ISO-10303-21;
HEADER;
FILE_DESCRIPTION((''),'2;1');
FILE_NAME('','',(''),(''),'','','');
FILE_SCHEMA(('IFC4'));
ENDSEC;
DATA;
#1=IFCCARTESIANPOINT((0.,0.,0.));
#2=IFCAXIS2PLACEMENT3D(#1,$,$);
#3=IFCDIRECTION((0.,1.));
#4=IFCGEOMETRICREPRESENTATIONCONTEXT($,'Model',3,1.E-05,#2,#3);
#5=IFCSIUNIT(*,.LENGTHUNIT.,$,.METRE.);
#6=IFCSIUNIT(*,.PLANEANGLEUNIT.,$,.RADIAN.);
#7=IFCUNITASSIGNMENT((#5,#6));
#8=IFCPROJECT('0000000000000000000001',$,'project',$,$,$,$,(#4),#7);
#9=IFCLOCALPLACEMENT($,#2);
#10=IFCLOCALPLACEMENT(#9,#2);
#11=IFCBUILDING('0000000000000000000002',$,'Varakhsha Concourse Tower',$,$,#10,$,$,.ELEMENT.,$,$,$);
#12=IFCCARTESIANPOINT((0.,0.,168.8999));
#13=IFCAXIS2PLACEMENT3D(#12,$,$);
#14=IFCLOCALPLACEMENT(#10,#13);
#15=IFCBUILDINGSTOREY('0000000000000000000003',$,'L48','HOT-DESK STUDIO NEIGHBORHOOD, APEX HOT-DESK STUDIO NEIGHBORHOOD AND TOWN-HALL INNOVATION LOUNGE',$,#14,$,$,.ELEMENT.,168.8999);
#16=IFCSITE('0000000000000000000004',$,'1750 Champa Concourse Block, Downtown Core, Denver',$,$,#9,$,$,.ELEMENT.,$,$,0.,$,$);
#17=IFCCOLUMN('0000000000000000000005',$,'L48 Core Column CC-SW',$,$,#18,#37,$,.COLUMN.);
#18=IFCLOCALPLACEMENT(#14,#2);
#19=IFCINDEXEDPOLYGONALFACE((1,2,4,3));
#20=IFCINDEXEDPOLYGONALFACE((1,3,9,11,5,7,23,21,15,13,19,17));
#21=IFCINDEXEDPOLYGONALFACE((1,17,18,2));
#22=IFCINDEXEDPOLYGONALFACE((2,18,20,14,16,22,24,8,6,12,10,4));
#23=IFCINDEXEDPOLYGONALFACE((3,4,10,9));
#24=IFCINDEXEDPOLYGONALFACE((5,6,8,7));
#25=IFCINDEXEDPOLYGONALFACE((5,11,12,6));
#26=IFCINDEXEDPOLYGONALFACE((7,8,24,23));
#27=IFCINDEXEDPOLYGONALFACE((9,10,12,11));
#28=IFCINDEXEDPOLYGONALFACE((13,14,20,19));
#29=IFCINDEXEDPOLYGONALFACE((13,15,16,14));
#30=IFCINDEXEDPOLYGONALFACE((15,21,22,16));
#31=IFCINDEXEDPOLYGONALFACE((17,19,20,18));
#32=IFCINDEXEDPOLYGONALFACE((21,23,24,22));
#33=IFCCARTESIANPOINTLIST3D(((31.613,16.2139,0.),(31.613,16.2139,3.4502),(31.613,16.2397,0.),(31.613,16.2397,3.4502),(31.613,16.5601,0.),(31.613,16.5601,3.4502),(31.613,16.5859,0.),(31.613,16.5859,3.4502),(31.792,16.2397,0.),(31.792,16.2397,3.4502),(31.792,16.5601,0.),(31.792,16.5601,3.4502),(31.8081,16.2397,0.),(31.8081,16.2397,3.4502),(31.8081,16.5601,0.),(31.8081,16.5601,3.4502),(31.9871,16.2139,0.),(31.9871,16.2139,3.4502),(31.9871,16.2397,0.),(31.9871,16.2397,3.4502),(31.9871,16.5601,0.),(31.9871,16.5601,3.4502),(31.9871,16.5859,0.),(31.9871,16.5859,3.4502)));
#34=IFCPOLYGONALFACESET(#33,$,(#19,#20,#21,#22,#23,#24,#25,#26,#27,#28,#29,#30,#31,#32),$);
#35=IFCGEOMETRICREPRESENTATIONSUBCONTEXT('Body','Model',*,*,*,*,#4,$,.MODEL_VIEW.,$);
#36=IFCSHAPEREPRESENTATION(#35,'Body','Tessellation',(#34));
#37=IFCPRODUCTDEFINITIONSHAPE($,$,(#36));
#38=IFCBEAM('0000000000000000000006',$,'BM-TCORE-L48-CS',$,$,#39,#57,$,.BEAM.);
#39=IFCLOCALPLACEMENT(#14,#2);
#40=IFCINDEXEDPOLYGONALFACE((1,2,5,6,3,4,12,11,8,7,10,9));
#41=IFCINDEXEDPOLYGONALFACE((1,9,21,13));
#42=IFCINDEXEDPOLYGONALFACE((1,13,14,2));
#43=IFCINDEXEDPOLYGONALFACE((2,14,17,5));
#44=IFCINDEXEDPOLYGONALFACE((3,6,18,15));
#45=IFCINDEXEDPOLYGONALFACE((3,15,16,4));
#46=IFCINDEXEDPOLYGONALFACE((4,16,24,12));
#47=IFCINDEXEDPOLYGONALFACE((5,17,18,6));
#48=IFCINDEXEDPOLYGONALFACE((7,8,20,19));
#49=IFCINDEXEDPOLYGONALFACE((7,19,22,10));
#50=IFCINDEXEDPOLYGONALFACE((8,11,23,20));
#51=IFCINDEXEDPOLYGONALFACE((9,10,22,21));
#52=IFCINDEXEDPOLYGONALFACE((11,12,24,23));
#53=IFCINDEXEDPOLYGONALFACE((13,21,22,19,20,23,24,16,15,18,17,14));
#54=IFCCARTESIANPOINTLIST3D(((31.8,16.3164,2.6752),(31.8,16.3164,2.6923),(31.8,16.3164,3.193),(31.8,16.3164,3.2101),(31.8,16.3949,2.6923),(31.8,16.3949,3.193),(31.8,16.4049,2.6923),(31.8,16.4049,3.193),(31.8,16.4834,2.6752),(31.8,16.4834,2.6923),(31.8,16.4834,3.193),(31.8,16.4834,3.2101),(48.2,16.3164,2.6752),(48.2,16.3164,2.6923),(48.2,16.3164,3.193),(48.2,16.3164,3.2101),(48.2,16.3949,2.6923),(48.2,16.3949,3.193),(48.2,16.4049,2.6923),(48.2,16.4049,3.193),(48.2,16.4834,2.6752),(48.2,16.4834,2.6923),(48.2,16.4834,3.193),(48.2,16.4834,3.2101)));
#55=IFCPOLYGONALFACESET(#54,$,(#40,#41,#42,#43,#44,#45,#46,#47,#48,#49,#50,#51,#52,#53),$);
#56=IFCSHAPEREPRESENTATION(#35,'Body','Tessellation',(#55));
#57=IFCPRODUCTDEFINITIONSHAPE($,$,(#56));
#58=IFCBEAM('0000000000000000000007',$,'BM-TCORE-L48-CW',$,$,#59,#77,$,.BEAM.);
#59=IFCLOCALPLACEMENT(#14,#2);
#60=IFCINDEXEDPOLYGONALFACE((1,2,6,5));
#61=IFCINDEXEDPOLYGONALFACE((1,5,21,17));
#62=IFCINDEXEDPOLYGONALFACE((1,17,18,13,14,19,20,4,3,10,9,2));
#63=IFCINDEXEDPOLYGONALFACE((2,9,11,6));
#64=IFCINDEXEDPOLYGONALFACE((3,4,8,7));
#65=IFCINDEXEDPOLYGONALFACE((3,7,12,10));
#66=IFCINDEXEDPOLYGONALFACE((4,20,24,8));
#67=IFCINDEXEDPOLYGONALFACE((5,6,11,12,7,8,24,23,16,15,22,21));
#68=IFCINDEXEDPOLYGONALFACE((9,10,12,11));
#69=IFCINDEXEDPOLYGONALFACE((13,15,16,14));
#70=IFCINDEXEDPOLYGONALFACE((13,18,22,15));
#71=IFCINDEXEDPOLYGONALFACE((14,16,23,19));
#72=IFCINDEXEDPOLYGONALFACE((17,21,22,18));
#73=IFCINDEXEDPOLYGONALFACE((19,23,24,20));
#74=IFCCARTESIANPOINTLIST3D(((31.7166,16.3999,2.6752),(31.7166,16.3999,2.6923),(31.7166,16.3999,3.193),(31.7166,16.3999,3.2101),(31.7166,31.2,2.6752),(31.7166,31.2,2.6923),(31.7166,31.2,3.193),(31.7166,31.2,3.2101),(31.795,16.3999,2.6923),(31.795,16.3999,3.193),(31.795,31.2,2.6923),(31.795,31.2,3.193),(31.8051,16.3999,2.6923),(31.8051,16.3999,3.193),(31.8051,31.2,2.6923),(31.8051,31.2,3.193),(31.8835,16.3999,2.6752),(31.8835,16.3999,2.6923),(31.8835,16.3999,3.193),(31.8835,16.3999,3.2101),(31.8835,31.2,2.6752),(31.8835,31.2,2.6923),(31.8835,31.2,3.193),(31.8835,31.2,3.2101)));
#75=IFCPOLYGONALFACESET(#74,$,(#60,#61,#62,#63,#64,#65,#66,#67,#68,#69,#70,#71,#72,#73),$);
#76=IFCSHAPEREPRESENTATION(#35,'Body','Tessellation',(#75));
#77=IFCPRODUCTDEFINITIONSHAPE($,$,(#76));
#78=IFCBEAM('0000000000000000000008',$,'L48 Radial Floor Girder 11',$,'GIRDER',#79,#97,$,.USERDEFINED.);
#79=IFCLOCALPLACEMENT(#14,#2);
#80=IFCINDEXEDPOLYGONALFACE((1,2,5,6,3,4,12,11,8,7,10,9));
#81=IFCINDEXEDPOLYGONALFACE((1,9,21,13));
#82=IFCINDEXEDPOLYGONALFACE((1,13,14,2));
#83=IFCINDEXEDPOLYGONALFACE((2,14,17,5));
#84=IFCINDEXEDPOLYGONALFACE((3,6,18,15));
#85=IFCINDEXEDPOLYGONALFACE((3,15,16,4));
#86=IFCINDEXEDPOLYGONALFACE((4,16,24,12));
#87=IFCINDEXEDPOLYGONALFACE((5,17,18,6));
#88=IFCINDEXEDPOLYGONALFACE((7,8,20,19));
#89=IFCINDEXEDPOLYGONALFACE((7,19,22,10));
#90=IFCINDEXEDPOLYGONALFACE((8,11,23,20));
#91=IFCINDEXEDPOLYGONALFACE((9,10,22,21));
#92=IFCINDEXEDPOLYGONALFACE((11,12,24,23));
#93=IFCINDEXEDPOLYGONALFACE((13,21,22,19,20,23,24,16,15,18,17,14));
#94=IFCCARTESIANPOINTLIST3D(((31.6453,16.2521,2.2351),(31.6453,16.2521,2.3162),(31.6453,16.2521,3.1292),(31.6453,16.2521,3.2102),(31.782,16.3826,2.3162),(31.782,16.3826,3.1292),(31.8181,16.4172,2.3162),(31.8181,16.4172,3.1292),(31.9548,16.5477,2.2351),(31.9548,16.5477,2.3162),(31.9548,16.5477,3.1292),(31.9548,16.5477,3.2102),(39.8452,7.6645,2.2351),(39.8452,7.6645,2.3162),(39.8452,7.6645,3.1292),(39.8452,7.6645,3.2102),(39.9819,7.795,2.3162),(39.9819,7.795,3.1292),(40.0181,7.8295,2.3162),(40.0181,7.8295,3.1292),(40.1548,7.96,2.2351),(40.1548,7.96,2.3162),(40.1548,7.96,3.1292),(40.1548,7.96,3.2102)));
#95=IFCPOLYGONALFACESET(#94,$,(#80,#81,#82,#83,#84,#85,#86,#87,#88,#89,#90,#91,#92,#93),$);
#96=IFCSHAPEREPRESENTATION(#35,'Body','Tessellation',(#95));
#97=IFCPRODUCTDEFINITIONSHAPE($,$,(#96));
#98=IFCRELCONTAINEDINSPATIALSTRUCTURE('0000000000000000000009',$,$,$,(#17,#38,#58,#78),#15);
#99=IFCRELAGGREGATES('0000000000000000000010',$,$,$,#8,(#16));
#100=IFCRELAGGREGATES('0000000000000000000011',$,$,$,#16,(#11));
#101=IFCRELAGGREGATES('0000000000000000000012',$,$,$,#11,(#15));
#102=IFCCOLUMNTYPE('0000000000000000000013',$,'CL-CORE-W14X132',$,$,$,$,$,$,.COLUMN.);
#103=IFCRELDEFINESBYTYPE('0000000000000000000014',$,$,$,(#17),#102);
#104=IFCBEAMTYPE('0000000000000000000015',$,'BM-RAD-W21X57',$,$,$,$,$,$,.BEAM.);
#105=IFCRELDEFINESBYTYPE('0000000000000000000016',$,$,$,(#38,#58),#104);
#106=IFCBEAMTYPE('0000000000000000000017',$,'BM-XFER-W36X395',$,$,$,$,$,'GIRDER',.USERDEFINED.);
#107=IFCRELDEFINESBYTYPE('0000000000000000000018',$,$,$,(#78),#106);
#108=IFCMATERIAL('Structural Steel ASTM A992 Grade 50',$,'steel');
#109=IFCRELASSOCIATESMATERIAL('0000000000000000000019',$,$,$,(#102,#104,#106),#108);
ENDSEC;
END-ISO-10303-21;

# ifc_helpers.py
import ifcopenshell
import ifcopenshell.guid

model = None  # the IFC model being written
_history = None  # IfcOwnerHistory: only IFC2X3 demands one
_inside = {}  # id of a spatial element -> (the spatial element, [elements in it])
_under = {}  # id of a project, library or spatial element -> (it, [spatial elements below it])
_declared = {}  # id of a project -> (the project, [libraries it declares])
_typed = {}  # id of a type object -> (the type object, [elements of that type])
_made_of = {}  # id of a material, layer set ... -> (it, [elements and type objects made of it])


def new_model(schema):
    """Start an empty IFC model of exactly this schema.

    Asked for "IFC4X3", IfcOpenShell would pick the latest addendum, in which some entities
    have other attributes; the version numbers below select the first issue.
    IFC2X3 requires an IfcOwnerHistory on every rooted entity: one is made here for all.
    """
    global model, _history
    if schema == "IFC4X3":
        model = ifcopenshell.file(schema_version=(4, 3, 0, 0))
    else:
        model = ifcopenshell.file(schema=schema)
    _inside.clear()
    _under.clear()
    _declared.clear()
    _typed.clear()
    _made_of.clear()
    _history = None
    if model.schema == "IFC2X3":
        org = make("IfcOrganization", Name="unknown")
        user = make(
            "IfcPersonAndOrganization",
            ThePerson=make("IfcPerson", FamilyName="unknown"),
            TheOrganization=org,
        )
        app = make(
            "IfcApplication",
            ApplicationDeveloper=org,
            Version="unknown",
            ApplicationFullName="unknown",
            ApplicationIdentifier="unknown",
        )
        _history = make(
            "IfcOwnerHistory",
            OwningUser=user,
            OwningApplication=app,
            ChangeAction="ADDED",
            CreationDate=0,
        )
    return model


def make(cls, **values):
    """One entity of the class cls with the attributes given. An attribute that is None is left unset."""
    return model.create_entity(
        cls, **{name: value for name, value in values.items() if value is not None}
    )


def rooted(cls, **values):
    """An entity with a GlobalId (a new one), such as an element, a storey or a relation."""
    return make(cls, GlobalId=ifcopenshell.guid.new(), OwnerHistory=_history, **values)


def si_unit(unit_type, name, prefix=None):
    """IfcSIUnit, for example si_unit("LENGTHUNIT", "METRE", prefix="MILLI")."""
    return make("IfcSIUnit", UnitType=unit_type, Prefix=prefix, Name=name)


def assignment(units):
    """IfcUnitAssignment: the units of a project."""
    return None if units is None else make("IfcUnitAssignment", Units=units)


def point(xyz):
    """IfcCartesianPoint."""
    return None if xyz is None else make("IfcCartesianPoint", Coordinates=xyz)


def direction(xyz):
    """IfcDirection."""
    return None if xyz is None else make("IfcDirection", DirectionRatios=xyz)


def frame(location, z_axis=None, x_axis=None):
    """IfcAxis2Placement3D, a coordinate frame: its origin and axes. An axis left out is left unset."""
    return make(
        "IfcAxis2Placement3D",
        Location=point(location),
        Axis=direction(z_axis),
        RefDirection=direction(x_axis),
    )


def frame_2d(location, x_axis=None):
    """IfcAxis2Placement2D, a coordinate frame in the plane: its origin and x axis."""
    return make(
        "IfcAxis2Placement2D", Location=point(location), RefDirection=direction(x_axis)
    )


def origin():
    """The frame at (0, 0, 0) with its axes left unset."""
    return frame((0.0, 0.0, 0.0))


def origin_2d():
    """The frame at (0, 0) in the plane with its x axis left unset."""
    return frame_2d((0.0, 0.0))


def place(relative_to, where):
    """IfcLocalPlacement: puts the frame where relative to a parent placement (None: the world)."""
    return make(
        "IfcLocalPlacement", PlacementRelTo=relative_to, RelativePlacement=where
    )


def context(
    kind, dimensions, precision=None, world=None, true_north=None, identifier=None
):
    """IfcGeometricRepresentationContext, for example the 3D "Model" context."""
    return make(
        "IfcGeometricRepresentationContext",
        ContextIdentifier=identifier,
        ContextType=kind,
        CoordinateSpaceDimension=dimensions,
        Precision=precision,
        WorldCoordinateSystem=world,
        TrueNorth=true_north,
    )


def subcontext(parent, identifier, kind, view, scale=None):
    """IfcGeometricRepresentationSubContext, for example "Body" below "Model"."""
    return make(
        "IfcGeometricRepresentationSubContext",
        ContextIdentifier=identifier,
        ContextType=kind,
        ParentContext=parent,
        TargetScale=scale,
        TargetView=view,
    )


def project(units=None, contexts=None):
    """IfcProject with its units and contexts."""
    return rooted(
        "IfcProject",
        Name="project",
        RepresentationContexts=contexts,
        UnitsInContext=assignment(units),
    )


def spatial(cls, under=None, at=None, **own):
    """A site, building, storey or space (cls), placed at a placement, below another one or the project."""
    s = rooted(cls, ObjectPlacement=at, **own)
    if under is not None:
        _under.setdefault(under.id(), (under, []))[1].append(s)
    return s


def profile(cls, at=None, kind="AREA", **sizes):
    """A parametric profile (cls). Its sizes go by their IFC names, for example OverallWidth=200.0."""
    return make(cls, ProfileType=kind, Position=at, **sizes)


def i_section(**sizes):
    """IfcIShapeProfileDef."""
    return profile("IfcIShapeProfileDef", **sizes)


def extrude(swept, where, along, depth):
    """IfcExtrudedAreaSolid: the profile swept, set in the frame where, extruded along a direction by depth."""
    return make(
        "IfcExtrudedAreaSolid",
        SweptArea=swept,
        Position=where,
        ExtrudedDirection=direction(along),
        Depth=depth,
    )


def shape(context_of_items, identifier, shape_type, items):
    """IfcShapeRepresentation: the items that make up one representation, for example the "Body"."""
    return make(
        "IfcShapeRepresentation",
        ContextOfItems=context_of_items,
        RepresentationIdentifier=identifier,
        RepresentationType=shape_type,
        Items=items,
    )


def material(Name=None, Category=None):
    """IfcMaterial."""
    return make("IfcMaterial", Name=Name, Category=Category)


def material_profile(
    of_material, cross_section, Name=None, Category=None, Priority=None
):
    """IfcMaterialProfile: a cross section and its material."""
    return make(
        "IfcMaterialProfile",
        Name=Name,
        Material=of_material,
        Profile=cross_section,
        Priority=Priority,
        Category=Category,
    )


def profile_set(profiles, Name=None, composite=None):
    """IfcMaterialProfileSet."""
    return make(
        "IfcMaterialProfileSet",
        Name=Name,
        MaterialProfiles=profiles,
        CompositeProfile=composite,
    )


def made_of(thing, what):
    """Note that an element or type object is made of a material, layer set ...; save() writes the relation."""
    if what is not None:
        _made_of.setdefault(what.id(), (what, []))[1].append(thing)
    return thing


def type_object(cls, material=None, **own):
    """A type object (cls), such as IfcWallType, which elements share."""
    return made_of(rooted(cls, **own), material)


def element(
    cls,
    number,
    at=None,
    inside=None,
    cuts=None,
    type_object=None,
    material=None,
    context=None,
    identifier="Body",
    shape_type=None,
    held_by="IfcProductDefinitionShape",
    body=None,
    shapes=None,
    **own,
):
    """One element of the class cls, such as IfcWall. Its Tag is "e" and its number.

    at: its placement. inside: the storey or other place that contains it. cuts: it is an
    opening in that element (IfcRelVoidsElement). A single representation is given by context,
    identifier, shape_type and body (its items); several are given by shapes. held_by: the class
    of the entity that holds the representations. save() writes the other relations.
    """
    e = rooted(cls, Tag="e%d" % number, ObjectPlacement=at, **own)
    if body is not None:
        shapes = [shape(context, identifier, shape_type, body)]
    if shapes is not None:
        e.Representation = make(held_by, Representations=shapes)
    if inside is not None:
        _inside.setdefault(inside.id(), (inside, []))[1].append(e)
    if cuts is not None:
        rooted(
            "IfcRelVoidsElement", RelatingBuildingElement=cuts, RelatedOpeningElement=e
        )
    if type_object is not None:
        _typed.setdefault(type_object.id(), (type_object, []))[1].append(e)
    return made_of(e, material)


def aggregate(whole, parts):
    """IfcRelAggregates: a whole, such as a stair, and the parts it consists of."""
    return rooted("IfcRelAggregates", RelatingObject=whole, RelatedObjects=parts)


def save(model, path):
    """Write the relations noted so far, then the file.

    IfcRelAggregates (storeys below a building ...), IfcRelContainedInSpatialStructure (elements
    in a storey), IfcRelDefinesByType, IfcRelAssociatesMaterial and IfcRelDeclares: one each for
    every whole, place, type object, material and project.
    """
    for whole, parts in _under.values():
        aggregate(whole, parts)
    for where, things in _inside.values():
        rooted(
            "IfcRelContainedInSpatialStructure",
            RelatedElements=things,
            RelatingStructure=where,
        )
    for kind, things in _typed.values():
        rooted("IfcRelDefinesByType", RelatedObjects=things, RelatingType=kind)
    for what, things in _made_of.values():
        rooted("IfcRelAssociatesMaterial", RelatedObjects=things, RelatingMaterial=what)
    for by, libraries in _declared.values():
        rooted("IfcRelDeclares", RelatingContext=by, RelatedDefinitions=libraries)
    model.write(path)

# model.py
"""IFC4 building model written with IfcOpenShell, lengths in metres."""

from ifc_helpers import new_model, si_unit, direction, frame, origin, origin_2d, place, context, subcontext, project, spatial, i_section, extrude, material, material_profile, profile_set, type_object, element, save


model = new_model("IFC4")

# Units and contexts
model_context = context("Model", 3, precision=1e-05, world=origin(), true_north=direction((0.0, 1.0)))
body_context = subcontext(model_context, "Body", "Model", "MODEL_VIEW")
ifc_project = project(units=[si_unit("LENGTHUNIT", "METRE"), si_unit("PLANEANGLEUNIT", "RADIAN")], contexts=[model_context])

# Site, building, storey
site_placement = place(None, origin())
site = spatial("IfcSite", under=ifc_project, at=site_placement, Name="1750 Champa Concourse Block, Downtown Core, Denver", CompositionType="ELEMENT", RefElevation=0.0)
building_placement = place(site_placement, origin())
building = spatial("IfcBuilding", under=site, at=building_placement, Name="Varakhsha Concourse Tower", CompositionType="ELEMENT")
storey_placement = place(building_placement, frame((0.0, 0.0, 168.8999)))
storey = spatial("IfcBuildingStorey", under=building, at=storey_placement, Name="L48", Description="HOT-DESK STUDIO NEIGHBORHOOD, APEX HOT-DESK STUDIO NEIGHBORHOOD AND TOWN-HALL INNOVATION LOUNGE", CompositionType="ELEMENT", Elevation=168.8999)

# Column
ifc_material_1 = material(Name="Structural Steel ASTM A992 Grade 50", Category="steel")
ifc_material_profile_1 = material_profile(ifc_material_1, i_section(OverallWidth=0.374, OverallDepth=0.3721, WebThickness=0.0161, FlangeThickness=0.0259, at=origin_2d()), Name="W14X132")
ifc_profile_set_1 = profile_set([ifc_material_profile_1], Name="Structural Steel ASTM A992 Grade 50")
column_type = type_object("IfcColumnType", Name="CL-CORE-W14X132", PredefinedType="COLUMN", material=ifc_profile_set_1)
column_placement = place(storey_placement, frame((31.8, 16.3999, 0.0), z_axis=(0.0, 0.0, 1.0), x_axis=(1.0, 0.0, 0.0)))
element("IfcColumn", 1, at=column_placement, inside=storey, type_object=column_type, Name="L48 Core Column CC-SW", PredefinedType="COLUMN", context=body_context, shape_type="SweptSolid", body=[
    extrude(i_section(OverallWidth=0.374, OverallDepth=0.3721, WebThickness=0.0161, FlangeThickness=0.0259, at=origin_2d()), origin(), (0.0, 0.0, 1.0), 3.4502),
])

# Beams
ifc_material_profile_2 = material_profile(ifc_material_1, i_section(OverallWidth=0.167, OverallDepth=0.5349, WebThickness=0.01, FlangeThickness=0.0171, at=origin_2d()), Name="W21X57")
ifc_profile_set_2 = profile_set([ifc_material_profile_2], Name="Structural Steel ASTM A992 Grade 50")
beam_type_1 = type_object("IfcBeamType", Name="BM-RAD-W21X57", PredefinedType="BEAM", material=ifc_profile_set_2)
beam_1_placement = place(storey_placement, frame((31.8, 16.3999, 2.9426), z_axis=(1.0, 0.0, 0.0), x_axis=(0.0, 1.0, 0.0)))
element("IfcBeam", 2, at=beam_1_placement, inside=storey, type_object=beam_type_1, Name="BM-TCORE-L48-CS", PredefinedType="BEAM", context=body_context, shape_type="SweptSolid", body=[
    extrude(i_section(OverallWidth=0.167, OverallDepth=0.5349, WebThickness=0.01, FlangeThickness=0.0171, at=origin_2d()), origin(), (0.0, 0.0, 1.0), 16.3999),
])
beam_2_placement = place(storey_placement, frame((31.8, 16.3999, 2.9426), z_axis=(0.0, 1.0, 0.0), x_axis=(-1.0, 0.0, 0.0)))
element("IfcBeam", 3, at=beam_2_placement, inside=storey, type_object=beam_type_1, Name="BM-TCORE-L48-CW", PredefinedType="BEAM", context=body_context, shape_type="SweptSolid", body=[
    extrude(i_section(OverallWidth=0.167, OverallDepth=0.5349, WebThickness=0.01, FlangeThickness=0.0171, at=origin_2d()), origin(), (0.0, 0.0, 1.0), 14.8),
])
ifc_material_profile_3 = material_profile(ifc_material_1, i_section(OverallWidth=0.428, OverallDepth=0.9751, WebThickness=0.05, FlangeThickness=0.0811, at=origin_2d()), Name="W36X395")
ifc_profile_set_3 = profile_set([ifc_material_profile_3], Name="Structural Steel ASTM A992 Grade 50")
beam_type_2 = type_object("IfcBeamType", Name="BM-XFER-W36X395", ElementType="GIRDER", PredefinedType="USERDEFINED", material=ifc_profile_set_3)
beam_3_placement = place(storey_placement, frame((31.8, 16.3999, 2.7227), z_axis=(0.690593, -0.723244, 0.0), x_axis=(0.723244, 0.690593, 0.0)))
element("IfcBeam", 4, at=beam_3_placement, inside=storey, type_object=beam_type_2, Name="L48 Radial Floor Girder 11", ObjectType="GIRDER", PredefinedType="USERDEFINED", context=body_context, shape_type="SweptSolid", body=[
    extrude(i_section(OverallWidth=0.428, OverallDepth=0.9751, WebThickness=0.05, FlangeThickness=0.0811, at=origin_2d()), origin(), (0.0, 0.0, 1.0), 11.8738),
])

save(model, "model.ifc")
